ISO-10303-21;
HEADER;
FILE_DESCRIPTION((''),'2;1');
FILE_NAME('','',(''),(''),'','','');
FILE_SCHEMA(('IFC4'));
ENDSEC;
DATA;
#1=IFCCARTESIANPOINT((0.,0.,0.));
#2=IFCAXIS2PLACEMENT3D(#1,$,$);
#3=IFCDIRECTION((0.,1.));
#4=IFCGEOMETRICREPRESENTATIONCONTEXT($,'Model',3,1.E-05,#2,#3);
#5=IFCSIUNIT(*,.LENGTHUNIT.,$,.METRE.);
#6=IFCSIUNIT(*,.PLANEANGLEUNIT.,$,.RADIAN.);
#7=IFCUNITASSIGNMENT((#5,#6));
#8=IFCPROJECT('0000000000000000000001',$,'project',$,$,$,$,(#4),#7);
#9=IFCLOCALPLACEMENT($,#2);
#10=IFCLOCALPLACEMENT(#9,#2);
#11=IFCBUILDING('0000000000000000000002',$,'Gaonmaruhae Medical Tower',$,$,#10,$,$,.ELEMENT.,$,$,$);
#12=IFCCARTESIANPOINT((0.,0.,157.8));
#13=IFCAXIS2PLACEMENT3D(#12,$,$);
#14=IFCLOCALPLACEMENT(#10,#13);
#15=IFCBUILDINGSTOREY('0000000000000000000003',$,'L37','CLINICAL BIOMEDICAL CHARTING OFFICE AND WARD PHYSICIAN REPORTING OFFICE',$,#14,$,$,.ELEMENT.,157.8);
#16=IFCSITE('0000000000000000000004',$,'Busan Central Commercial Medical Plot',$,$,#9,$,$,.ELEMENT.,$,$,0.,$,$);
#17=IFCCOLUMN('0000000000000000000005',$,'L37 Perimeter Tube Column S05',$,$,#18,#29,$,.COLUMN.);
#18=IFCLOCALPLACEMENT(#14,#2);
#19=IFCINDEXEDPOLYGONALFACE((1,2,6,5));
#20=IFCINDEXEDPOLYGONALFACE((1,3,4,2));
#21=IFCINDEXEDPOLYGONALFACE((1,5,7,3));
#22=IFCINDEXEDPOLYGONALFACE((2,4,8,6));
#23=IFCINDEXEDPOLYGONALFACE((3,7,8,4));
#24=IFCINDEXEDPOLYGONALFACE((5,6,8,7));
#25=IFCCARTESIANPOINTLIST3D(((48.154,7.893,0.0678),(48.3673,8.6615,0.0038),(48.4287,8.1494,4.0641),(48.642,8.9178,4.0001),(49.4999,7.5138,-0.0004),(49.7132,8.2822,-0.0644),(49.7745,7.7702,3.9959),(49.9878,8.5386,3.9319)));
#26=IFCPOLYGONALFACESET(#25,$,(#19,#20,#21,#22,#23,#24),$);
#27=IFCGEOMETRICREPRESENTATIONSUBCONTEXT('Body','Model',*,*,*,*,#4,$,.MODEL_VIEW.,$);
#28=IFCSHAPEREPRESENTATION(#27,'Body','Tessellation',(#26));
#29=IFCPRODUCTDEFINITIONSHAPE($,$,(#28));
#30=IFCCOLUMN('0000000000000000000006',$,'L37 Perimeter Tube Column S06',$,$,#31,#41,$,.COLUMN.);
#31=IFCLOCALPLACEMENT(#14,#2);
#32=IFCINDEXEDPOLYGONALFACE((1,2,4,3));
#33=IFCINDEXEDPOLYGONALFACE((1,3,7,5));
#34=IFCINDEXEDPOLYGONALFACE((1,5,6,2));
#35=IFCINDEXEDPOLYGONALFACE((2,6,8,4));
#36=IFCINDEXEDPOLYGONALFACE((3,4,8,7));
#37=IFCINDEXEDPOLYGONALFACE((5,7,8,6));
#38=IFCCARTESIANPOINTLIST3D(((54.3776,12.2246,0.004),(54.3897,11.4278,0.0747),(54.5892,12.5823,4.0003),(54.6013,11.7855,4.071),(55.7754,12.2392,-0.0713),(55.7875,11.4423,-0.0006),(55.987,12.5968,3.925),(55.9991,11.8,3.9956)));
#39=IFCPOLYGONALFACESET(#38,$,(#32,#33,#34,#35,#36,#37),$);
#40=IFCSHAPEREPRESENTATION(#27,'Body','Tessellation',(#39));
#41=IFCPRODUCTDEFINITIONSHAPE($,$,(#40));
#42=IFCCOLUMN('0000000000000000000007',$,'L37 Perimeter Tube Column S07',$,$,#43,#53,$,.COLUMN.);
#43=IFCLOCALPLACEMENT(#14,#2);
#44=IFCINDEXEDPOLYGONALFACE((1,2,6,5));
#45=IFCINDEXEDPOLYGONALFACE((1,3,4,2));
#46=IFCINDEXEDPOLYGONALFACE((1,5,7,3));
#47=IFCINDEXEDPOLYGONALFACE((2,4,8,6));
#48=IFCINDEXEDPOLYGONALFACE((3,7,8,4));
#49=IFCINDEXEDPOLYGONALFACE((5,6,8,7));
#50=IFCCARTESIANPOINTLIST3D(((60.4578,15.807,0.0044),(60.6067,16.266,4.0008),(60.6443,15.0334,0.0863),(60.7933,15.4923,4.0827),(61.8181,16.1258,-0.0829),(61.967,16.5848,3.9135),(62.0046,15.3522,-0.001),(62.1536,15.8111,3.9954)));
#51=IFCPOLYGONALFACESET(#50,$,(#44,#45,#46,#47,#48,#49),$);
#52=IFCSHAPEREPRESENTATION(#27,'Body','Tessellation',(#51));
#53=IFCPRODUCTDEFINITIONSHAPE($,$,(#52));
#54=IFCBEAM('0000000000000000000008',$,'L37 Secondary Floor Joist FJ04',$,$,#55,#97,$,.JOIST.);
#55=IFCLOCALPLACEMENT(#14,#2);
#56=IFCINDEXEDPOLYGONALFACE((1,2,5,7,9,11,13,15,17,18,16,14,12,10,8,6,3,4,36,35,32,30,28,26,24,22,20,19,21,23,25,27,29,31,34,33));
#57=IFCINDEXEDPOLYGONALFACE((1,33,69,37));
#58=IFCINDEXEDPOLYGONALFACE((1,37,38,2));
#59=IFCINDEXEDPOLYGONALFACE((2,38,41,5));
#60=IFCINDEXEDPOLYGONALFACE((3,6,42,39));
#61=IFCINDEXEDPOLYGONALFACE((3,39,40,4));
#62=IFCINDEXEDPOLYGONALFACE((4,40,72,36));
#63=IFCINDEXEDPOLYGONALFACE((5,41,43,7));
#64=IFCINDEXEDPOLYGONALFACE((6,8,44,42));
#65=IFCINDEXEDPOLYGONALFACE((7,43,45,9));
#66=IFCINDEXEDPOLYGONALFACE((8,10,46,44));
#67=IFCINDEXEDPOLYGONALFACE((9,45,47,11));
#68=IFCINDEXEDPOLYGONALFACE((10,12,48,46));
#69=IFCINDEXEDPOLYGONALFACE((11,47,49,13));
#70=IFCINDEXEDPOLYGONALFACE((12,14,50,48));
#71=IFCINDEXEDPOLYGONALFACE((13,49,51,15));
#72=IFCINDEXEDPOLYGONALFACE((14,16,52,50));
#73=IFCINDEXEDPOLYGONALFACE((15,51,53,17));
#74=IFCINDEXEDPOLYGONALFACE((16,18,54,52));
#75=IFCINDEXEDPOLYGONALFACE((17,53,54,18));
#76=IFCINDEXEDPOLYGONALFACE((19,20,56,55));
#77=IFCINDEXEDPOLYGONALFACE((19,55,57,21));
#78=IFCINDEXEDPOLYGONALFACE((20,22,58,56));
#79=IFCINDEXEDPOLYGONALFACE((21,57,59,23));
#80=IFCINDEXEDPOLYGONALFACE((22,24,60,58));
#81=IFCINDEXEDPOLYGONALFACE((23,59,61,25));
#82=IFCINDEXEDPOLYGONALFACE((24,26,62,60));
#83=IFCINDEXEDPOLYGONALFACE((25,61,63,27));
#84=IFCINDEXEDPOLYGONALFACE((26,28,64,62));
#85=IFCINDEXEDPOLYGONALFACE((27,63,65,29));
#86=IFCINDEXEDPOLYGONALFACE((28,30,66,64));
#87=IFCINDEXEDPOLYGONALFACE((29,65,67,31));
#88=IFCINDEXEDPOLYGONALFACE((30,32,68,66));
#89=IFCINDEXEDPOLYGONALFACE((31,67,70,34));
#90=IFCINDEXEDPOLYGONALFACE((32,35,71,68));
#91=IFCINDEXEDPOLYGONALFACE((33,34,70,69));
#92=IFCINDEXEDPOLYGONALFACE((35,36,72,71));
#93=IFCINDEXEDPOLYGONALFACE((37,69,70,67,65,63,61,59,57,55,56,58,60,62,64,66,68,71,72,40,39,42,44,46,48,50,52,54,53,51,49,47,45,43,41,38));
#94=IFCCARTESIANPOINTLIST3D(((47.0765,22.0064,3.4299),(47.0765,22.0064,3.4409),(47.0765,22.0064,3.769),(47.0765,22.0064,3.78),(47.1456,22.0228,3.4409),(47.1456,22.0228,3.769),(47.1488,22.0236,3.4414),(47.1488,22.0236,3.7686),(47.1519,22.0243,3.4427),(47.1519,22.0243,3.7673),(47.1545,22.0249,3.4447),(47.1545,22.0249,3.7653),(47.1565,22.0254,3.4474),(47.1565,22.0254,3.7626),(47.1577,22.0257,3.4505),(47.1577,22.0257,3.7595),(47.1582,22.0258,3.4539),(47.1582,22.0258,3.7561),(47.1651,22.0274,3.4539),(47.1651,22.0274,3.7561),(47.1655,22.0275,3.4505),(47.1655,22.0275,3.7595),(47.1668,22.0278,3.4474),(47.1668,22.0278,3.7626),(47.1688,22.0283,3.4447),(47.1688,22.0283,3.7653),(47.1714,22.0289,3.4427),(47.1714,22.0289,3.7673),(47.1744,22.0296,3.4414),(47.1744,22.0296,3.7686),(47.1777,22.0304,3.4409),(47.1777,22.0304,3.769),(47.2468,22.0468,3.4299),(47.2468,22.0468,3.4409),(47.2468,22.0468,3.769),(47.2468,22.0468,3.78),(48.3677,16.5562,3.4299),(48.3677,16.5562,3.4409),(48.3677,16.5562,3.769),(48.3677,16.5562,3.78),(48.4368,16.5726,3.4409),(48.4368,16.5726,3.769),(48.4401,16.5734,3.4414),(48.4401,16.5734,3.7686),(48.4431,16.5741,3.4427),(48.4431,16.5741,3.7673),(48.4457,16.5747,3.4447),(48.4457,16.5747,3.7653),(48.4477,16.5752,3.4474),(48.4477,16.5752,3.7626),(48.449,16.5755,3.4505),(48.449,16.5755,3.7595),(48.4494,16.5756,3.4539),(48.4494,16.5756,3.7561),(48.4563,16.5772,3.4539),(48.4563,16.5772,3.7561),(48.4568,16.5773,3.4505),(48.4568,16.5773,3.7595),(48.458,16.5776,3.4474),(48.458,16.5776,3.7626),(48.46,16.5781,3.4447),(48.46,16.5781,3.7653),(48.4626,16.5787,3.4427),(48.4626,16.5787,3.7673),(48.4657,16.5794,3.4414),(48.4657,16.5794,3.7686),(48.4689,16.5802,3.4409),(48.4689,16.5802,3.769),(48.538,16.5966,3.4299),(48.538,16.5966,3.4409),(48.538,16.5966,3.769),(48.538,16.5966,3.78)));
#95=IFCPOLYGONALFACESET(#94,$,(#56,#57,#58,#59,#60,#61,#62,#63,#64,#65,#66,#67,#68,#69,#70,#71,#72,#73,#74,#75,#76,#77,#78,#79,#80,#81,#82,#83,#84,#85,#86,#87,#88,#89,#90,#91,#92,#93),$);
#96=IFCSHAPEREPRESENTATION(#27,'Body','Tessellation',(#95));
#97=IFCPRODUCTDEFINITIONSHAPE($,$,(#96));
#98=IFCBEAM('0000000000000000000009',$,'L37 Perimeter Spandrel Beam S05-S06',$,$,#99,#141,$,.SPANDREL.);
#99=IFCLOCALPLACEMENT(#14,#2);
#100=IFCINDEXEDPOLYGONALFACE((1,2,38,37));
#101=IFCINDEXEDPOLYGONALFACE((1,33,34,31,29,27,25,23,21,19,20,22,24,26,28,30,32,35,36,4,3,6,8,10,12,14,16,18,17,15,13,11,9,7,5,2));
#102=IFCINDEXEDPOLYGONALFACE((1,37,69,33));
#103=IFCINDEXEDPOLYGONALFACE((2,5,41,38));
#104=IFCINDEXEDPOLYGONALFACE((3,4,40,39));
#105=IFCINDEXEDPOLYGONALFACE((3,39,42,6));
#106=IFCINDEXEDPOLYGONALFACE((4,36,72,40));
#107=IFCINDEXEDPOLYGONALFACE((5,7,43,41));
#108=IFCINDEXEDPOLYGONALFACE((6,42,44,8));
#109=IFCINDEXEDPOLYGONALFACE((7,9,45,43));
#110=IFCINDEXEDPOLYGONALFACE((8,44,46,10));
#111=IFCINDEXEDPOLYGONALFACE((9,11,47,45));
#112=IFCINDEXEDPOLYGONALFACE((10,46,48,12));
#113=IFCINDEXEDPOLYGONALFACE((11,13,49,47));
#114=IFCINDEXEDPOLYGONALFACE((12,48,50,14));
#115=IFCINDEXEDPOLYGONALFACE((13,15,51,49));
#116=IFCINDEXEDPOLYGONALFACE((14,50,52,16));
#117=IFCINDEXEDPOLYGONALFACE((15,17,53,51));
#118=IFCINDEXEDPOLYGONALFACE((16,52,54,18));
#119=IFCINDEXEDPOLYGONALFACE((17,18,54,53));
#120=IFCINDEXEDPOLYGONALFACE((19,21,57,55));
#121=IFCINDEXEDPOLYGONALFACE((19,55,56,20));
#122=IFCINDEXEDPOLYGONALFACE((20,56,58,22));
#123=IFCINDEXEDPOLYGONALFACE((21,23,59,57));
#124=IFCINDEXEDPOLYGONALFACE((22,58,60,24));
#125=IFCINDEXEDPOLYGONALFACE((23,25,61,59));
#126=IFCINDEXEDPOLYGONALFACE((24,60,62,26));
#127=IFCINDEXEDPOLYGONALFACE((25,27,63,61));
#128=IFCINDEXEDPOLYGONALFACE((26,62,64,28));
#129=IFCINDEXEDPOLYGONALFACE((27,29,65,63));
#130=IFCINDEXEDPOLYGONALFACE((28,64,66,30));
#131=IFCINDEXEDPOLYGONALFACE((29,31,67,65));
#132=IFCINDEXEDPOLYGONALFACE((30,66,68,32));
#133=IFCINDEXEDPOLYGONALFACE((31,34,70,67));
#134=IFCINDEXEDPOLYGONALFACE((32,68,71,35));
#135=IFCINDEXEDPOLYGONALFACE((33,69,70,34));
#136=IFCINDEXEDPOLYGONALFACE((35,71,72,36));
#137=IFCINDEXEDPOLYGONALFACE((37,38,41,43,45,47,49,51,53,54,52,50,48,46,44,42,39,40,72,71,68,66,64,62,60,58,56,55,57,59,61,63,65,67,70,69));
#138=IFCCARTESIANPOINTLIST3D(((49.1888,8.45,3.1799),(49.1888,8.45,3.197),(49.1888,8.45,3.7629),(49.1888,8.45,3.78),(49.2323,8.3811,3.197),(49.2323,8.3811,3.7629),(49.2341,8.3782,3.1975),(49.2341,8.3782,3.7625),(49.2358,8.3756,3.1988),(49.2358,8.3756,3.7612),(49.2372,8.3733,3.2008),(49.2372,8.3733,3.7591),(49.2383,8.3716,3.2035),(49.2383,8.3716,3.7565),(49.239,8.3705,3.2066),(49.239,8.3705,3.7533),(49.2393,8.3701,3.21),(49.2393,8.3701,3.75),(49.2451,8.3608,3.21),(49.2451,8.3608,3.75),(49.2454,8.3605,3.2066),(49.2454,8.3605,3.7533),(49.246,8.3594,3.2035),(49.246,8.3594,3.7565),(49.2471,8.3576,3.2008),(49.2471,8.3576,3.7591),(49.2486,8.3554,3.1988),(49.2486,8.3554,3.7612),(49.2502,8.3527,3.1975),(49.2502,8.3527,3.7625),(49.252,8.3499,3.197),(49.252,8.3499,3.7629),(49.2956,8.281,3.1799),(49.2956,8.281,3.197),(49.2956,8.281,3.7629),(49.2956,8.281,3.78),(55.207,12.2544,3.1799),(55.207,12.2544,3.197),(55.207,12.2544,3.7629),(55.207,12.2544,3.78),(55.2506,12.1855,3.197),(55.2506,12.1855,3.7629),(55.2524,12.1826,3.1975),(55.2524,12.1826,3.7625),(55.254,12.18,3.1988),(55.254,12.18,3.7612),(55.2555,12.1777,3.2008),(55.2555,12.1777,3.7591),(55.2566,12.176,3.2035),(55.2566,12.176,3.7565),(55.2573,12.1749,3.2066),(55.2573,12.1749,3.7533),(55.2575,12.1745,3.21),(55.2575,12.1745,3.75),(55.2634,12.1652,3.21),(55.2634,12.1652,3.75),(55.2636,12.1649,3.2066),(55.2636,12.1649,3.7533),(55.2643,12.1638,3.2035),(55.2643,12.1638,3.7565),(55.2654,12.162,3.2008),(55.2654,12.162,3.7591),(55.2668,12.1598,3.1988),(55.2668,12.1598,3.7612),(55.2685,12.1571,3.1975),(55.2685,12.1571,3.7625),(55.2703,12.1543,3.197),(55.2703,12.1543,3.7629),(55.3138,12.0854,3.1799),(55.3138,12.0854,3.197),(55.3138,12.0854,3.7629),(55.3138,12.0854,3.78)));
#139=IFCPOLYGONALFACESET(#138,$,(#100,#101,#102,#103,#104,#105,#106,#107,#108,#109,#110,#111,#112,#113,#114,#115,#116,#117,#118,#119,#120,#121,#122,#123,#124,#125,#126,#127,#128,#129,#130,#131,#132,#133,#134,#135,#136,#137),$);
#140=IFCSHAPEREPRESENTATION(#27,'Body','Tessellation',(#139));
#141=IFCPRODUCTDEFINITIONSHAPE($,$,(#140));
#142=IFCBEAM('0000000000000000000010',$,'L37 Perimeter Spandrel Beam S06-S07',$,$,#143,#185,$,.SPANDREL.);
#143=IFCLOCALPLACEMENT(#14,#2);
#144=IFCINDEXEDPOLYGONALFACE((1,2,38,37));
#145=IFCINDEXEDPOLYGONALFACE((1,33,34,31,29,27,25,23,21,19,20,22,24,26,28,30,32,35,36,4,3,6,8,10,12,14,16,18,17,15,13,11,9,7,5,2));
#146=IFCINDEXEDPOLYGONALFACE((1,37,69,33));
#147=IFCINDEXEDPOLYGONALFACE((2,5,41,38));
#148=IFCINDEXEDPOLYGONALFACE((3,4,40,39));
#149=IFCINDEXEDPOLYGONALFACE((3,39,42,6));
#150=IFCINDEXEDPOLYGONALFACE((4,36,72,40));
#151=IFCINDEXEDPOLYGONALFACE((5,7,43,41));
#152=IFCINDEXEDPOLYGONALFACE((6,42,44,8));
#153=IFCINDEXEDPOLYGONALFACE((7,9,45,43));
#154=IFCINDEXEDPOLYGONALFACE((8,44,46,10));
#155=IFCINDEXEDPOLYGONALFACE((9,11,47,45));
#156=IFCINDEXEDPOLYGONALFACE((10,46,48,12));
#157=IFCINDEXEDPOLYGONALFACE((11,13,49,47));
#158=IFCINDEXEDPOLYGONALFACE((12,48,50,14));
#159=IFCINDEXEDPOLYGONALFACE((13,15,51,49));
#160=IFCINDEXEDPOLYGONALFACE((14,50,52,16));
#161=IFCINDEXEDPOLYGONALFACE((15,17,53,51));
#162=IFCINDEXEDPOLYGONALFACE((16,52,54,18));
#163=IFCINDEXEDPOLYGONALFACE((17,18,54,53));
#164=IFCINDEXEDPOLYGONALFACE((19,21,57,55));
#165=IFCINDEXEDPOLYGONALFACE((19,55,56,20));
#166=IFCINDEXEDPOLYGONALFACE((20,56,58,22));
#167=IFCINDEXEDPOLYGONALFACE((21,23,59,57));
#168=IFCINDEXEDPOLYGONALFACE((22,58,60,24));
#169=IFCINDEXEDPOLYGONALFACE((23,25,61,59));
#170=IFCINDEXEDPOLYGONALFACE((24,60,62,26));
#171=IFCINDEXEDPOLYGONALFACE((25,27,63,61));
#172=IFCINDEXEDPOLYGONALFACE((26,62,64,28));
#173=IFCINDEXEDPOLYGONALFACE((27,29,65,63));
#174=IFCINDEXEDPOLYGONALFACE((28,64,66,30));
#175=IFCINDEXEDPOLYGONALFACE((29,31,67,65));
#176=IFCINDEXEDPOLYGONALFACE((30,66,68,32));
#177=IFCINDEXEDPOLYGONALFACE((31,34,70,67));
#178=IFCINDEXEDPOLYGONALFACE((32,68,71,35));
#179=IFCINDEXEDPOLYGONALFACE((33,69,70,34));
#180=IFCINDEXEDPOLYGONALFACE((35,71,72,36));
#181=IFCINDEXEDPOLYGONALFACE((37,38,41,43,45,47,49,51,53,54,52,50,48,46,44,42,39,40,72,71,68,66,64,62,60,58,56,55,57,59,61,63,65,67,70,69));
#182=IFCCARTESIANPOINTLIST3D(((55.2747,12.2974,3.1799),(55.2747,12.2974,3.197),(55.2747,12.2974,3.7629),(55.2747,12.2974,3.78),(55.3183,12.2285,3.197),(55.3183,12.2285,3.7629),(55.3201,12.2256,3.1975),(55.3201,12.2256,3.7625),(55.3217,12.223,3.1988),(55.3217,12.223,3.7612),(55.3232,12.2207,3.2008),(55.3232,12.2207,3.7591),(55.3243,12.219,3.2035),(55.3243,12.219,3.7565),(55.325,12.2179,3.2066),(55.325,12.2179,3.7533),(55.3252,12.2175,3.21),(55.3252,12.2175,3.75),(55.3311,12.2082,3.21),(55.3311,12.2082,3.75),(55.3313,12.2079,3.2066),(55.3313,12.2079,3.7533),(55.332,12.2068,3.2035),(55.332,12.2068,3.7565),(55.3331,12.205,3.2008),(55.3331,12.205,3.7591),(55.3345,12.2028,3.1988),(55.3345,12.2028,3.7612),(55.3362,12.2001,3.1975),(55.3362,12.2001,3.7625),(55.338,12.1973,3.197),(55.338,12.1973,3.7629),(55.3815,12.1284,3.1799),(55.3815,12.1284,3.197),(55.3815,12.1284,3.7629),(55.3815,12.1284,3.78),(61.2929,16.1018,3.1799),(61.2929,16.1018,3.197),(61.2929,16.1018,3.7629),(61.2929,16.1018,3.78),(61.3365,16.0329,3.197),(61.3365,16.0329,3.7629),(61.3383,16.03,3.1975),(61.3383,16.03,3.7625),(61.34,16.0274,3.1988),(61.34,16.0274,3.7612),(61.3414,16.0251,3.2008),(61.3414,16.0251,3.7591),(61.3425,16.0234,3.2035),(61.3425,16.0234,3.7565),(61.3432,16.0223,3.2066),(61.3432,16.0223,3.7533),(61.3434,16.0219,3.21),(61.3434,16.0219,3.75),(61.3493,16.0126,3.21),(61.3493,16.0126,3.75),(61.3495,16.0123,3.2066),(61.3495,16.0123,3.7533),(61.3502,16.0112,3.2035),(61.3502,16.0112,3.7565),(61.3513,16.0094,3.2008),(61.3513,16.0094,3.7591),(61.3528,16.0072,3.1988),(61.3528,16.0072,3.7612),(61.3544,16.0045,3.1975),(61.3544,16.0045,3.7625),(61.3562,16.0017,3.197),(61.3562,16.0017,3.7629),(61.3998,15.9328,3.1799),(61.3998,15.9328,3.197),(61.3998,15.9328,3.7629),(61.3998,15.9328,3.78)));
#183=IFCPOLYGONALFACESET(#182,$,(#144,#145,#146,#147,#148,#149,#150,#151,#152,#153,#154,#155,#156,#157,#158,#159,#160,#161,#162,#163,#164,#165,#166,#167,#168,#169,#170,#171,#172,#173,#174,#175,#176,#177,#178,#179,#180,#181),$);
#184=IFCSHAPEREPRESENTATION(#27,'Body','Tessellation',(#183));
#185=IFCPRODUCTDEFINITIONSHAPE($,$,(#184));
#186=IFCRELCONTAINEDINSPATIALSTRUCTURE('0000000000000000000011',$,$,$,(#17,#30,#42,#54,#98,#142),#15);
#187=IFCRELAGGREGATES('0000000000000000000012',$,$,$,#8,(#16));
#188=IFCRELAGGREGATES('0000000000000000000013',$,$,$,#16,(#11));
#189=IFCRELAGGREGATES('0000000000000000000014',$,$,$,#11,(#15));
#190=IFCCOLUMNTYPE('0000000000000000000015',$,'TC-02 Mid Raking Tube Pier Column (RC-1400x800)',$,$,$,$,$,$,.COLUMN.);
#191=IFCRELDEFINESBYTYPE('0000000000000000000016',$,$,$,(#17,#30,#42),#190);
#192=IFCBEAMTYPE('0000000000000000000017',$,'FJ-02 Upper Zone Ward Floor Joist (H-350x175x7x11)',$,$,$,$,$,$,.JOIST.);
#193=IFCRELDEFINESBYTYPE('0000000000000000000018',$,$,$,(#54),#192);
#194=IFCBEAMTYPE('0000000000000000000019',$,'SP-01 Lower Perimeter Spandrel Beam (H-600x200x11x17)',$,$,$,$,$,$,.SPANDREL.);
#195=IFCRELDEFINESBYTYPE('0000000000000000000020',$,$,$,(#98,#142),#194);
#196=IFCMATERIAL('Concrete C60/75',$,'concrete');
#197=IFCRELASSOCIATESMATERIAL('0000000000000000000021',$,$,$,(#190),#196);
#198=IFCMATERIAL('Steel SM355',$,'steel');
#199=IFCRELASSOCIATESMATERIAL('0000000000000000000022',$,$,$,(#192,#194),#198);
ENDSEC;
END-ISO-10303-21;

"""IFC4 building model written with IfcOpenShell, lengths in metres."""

from ifc_helpers import new_model, si_unit, direction, frame, origin, origin_2d, place, context, subcontext, project, spatial, rectangle, i_section, extrude, material, material_profile, profile_set, type_object, element, save


model = new_model("IFC4")

# Units and contexts
model_context = context("Model", 3, precision=1e-05, world=origin(), true_north=direction((0.0, 1.0)))
body_context = subcontext(model_context, "Body", "Model", "MODEL_VIEW")
ifc_project = project(units=[si_unit("LENGTHUNIT", "METRE"), si_unit("PLANEANGLEUNIT", "RADIAN")], contexts=[model_context])

# Site, building, storey
site_placement = place(None, origin())
site = spatial("IfcSite", under=ifc_project, at=site_placement, Name="Busan Central Commercial Medical Plot", CompositionType="ELEMENT", RefElevation=0.0)
building_placement = place(site_placement, origin())
building = spatial("IfcBuilding", under=site, at=building_placement, Name="Gaonmaruhae Medical Tower", CompositionType="ELEMENT")
storey_placement = place(building_placement, frame((0.0, 0.0, 157.8)))
storey = spatial("IfcBuildingStorey", under=building, at=storey_placement, Name="L37", Description="CLINICAL BIOMEDICAL CHARTING OFFICE AND WARD PHYSICIAN REPORTING OFFICE", CompositionType="ELEMENT", Elevation=157.8)

# Columns
ifc_material_1 = material(Name="Concrete C60/75", Category="concrete")
ifc_material_profile_1 = material_profile(ifc_material_1, rectangle(XDim=1.3999, YDim=0.8, at=origin_2d()), Name="RC-1400x800")
ifc_profile_set_1 = profile_set([ifc_material_profile_1], Name="Concrete C60/75")
column_type = type_object("IfcColumnType", Name="TC-02 Mid Raking Tube Pier Column (RC-1400x800)", PredefinedType="COLUMN", material=ifc_profile_set_1)
column_1_placement = place(storey_placement, frame((48.9336, 8.0876, 0.0017), z_axis=(0.068426, 0.063864, 0.99561), x_axis=(-0.961376, 0.270897, 0.048696)))
element("IfcColumn", 1, at=column_1_placement, inside=storey, type_object=column_type, Name="L37 Perimeter Tube Column S05", PredefinedType="COLUMN", context=body_context, shape_type="SweptSolid", body=[
    extrude(rectangle(XDim=1.3999, YDim=0.8, at=origin_2d()), origin(), (0.0, 0.0, 1.0), 4.0139),
])
column_2_placement = place(storey_placement, frame((55.0825, 11.8335, 0.0017), z_axis=(0.052682, 0.089018, 0.994636), x_axis=(-0.998497, -0.010384, 0.053816)))
element("IfcColumn", 2, at=column_2_placement, inside=storey, type_object=column_type, Name="L37 Perimeter Tube Column S06", PredefinedType="COLUMN", context=body_context, shape_type="SweptSolid", body=[
    extrude(rectangle(XDim=1.3999, YDim=0.8, at=origin_2d()), origin(), (0.0, 0.0, 1.0), 4.0178),
])
column_3_placement = place(storey_placement, frame((61.2312, 15.5796, 0.0017), z_axis=(0.036997, 0.114023, 0.992789), x_axis=(-0.971725, -0.227728, 0.062367)))
element("IfcColumn", 3, at=column_3_placement, inside=storey, type_object=column_type, Name="L37 Perimeter Tube Column S07", PredefinedType="COLUMN", context=body_context, shape_type="SweptSolid", body=[
    extrude(rectangle(XDim=1.3999, YDim=0.8, at=origin_2d()), origin(), (0.0, 0.0, 1.0), 4.0254),
])

# Beams
ifc_material_2 = material(Name="Steel SM355", Category="steel")
ifc_material_profile_2 = material_profile(ifc_material_2, i_section(OverallWidth=0.175, OverallDepth=0.3501, WebThickness=0.0071, FlangeThickness=0.011, FilletRadius=0.0129, at=origin_2d()), Name="H-350x175x7x11")
ifc_profile_set_2 = profile_set([ifc_material_profile_2], Name="Steel SM355")
beam_type_1 = type_object("IfcBeamType", Name="FJ-02 Upper Zone Ward Floor Joist (H-350x175x7x11)", PredefinedType="JOIST", material=ifc_profile_set_2)
beam_1_placement = place(storey_placement, frame((48.4529, 16.5764, 3.605), z_axis=(-0.230538, 0.973063, 0.0), x_axis=(-0.973063, -0.230538, 0.0)))
element("IfcBeam", 4, at=beam_1_placement, inside=storey, type_object=beam_type_1, Name="L37 Secondary Floor Joist FJ04", PredefinedType="JOIST", context=body_context, shape_type="SweptSolid", body=[
    extrude(i_section(OverallWidth=0.175, OverallDepth=0.3501, WebThickness=0.0071, FlangeThickness=0.011, FilletRadius=0.0129, at=origin_2d()), origin(), (0.0, 0.0, 1.0), 5.6011),
])
ifc_material_profile_3 = material_profile(ifc_material_2, i_section(OverallWidth=0.2, OverallDepth=0.6001, WebThickness=0.011, FlangeThickness=0.0171, FilletRadius=0.0129, at=origin_2d()), Name="H-600x200x11x17")
ifc_profile_set_3 = profile_set([ifc_material_profile_3], Name="Steel SM355")
beam_type_2 = type_object("IfcBeamType", Name="SP-01 Lower Perimeter Spandrel Beam (H-600x200x11x17)", PredefinedType="SPANDREL", material=ifc_profile_set_3)
for number, where, z_axis, x_axis, name in (
    (5, (49.2422, 8.3655, 3.48), (0.845273, 0.534335, 0.0), (-0.534335, 0.845273, 0.0), "L37 Perimeter Spandrel Beam S05-S06"),
    (6, (55.3281, 12.2129, 3.48), (0.845273, 0.534335, 0.0), (-0.534335, 0.845273, 0.0), "L37 Perimeter Spandrel Beam S06-S07"),
):
    element("IfcBeam", number, at=place(storey_placement, frame(where, z_axis=z_axis, x_axis=x_axis)), inside=storey, type_object=beam_type_2, Name=name, PredefinedType="SPANDREL", context=body_context, shape_type="SweptSolid", body=[
        extrude(i_section(OverallWidth=0.2, OverallDepth=0.6001, WebThickness=0.011, FlangeThickness=0.0171, FilletRadius=0.0129, at=origin_2d()), origin(), (0.0, 0.0, 1.0), 7.1199),
    ])

save(model, "model.ifc")
